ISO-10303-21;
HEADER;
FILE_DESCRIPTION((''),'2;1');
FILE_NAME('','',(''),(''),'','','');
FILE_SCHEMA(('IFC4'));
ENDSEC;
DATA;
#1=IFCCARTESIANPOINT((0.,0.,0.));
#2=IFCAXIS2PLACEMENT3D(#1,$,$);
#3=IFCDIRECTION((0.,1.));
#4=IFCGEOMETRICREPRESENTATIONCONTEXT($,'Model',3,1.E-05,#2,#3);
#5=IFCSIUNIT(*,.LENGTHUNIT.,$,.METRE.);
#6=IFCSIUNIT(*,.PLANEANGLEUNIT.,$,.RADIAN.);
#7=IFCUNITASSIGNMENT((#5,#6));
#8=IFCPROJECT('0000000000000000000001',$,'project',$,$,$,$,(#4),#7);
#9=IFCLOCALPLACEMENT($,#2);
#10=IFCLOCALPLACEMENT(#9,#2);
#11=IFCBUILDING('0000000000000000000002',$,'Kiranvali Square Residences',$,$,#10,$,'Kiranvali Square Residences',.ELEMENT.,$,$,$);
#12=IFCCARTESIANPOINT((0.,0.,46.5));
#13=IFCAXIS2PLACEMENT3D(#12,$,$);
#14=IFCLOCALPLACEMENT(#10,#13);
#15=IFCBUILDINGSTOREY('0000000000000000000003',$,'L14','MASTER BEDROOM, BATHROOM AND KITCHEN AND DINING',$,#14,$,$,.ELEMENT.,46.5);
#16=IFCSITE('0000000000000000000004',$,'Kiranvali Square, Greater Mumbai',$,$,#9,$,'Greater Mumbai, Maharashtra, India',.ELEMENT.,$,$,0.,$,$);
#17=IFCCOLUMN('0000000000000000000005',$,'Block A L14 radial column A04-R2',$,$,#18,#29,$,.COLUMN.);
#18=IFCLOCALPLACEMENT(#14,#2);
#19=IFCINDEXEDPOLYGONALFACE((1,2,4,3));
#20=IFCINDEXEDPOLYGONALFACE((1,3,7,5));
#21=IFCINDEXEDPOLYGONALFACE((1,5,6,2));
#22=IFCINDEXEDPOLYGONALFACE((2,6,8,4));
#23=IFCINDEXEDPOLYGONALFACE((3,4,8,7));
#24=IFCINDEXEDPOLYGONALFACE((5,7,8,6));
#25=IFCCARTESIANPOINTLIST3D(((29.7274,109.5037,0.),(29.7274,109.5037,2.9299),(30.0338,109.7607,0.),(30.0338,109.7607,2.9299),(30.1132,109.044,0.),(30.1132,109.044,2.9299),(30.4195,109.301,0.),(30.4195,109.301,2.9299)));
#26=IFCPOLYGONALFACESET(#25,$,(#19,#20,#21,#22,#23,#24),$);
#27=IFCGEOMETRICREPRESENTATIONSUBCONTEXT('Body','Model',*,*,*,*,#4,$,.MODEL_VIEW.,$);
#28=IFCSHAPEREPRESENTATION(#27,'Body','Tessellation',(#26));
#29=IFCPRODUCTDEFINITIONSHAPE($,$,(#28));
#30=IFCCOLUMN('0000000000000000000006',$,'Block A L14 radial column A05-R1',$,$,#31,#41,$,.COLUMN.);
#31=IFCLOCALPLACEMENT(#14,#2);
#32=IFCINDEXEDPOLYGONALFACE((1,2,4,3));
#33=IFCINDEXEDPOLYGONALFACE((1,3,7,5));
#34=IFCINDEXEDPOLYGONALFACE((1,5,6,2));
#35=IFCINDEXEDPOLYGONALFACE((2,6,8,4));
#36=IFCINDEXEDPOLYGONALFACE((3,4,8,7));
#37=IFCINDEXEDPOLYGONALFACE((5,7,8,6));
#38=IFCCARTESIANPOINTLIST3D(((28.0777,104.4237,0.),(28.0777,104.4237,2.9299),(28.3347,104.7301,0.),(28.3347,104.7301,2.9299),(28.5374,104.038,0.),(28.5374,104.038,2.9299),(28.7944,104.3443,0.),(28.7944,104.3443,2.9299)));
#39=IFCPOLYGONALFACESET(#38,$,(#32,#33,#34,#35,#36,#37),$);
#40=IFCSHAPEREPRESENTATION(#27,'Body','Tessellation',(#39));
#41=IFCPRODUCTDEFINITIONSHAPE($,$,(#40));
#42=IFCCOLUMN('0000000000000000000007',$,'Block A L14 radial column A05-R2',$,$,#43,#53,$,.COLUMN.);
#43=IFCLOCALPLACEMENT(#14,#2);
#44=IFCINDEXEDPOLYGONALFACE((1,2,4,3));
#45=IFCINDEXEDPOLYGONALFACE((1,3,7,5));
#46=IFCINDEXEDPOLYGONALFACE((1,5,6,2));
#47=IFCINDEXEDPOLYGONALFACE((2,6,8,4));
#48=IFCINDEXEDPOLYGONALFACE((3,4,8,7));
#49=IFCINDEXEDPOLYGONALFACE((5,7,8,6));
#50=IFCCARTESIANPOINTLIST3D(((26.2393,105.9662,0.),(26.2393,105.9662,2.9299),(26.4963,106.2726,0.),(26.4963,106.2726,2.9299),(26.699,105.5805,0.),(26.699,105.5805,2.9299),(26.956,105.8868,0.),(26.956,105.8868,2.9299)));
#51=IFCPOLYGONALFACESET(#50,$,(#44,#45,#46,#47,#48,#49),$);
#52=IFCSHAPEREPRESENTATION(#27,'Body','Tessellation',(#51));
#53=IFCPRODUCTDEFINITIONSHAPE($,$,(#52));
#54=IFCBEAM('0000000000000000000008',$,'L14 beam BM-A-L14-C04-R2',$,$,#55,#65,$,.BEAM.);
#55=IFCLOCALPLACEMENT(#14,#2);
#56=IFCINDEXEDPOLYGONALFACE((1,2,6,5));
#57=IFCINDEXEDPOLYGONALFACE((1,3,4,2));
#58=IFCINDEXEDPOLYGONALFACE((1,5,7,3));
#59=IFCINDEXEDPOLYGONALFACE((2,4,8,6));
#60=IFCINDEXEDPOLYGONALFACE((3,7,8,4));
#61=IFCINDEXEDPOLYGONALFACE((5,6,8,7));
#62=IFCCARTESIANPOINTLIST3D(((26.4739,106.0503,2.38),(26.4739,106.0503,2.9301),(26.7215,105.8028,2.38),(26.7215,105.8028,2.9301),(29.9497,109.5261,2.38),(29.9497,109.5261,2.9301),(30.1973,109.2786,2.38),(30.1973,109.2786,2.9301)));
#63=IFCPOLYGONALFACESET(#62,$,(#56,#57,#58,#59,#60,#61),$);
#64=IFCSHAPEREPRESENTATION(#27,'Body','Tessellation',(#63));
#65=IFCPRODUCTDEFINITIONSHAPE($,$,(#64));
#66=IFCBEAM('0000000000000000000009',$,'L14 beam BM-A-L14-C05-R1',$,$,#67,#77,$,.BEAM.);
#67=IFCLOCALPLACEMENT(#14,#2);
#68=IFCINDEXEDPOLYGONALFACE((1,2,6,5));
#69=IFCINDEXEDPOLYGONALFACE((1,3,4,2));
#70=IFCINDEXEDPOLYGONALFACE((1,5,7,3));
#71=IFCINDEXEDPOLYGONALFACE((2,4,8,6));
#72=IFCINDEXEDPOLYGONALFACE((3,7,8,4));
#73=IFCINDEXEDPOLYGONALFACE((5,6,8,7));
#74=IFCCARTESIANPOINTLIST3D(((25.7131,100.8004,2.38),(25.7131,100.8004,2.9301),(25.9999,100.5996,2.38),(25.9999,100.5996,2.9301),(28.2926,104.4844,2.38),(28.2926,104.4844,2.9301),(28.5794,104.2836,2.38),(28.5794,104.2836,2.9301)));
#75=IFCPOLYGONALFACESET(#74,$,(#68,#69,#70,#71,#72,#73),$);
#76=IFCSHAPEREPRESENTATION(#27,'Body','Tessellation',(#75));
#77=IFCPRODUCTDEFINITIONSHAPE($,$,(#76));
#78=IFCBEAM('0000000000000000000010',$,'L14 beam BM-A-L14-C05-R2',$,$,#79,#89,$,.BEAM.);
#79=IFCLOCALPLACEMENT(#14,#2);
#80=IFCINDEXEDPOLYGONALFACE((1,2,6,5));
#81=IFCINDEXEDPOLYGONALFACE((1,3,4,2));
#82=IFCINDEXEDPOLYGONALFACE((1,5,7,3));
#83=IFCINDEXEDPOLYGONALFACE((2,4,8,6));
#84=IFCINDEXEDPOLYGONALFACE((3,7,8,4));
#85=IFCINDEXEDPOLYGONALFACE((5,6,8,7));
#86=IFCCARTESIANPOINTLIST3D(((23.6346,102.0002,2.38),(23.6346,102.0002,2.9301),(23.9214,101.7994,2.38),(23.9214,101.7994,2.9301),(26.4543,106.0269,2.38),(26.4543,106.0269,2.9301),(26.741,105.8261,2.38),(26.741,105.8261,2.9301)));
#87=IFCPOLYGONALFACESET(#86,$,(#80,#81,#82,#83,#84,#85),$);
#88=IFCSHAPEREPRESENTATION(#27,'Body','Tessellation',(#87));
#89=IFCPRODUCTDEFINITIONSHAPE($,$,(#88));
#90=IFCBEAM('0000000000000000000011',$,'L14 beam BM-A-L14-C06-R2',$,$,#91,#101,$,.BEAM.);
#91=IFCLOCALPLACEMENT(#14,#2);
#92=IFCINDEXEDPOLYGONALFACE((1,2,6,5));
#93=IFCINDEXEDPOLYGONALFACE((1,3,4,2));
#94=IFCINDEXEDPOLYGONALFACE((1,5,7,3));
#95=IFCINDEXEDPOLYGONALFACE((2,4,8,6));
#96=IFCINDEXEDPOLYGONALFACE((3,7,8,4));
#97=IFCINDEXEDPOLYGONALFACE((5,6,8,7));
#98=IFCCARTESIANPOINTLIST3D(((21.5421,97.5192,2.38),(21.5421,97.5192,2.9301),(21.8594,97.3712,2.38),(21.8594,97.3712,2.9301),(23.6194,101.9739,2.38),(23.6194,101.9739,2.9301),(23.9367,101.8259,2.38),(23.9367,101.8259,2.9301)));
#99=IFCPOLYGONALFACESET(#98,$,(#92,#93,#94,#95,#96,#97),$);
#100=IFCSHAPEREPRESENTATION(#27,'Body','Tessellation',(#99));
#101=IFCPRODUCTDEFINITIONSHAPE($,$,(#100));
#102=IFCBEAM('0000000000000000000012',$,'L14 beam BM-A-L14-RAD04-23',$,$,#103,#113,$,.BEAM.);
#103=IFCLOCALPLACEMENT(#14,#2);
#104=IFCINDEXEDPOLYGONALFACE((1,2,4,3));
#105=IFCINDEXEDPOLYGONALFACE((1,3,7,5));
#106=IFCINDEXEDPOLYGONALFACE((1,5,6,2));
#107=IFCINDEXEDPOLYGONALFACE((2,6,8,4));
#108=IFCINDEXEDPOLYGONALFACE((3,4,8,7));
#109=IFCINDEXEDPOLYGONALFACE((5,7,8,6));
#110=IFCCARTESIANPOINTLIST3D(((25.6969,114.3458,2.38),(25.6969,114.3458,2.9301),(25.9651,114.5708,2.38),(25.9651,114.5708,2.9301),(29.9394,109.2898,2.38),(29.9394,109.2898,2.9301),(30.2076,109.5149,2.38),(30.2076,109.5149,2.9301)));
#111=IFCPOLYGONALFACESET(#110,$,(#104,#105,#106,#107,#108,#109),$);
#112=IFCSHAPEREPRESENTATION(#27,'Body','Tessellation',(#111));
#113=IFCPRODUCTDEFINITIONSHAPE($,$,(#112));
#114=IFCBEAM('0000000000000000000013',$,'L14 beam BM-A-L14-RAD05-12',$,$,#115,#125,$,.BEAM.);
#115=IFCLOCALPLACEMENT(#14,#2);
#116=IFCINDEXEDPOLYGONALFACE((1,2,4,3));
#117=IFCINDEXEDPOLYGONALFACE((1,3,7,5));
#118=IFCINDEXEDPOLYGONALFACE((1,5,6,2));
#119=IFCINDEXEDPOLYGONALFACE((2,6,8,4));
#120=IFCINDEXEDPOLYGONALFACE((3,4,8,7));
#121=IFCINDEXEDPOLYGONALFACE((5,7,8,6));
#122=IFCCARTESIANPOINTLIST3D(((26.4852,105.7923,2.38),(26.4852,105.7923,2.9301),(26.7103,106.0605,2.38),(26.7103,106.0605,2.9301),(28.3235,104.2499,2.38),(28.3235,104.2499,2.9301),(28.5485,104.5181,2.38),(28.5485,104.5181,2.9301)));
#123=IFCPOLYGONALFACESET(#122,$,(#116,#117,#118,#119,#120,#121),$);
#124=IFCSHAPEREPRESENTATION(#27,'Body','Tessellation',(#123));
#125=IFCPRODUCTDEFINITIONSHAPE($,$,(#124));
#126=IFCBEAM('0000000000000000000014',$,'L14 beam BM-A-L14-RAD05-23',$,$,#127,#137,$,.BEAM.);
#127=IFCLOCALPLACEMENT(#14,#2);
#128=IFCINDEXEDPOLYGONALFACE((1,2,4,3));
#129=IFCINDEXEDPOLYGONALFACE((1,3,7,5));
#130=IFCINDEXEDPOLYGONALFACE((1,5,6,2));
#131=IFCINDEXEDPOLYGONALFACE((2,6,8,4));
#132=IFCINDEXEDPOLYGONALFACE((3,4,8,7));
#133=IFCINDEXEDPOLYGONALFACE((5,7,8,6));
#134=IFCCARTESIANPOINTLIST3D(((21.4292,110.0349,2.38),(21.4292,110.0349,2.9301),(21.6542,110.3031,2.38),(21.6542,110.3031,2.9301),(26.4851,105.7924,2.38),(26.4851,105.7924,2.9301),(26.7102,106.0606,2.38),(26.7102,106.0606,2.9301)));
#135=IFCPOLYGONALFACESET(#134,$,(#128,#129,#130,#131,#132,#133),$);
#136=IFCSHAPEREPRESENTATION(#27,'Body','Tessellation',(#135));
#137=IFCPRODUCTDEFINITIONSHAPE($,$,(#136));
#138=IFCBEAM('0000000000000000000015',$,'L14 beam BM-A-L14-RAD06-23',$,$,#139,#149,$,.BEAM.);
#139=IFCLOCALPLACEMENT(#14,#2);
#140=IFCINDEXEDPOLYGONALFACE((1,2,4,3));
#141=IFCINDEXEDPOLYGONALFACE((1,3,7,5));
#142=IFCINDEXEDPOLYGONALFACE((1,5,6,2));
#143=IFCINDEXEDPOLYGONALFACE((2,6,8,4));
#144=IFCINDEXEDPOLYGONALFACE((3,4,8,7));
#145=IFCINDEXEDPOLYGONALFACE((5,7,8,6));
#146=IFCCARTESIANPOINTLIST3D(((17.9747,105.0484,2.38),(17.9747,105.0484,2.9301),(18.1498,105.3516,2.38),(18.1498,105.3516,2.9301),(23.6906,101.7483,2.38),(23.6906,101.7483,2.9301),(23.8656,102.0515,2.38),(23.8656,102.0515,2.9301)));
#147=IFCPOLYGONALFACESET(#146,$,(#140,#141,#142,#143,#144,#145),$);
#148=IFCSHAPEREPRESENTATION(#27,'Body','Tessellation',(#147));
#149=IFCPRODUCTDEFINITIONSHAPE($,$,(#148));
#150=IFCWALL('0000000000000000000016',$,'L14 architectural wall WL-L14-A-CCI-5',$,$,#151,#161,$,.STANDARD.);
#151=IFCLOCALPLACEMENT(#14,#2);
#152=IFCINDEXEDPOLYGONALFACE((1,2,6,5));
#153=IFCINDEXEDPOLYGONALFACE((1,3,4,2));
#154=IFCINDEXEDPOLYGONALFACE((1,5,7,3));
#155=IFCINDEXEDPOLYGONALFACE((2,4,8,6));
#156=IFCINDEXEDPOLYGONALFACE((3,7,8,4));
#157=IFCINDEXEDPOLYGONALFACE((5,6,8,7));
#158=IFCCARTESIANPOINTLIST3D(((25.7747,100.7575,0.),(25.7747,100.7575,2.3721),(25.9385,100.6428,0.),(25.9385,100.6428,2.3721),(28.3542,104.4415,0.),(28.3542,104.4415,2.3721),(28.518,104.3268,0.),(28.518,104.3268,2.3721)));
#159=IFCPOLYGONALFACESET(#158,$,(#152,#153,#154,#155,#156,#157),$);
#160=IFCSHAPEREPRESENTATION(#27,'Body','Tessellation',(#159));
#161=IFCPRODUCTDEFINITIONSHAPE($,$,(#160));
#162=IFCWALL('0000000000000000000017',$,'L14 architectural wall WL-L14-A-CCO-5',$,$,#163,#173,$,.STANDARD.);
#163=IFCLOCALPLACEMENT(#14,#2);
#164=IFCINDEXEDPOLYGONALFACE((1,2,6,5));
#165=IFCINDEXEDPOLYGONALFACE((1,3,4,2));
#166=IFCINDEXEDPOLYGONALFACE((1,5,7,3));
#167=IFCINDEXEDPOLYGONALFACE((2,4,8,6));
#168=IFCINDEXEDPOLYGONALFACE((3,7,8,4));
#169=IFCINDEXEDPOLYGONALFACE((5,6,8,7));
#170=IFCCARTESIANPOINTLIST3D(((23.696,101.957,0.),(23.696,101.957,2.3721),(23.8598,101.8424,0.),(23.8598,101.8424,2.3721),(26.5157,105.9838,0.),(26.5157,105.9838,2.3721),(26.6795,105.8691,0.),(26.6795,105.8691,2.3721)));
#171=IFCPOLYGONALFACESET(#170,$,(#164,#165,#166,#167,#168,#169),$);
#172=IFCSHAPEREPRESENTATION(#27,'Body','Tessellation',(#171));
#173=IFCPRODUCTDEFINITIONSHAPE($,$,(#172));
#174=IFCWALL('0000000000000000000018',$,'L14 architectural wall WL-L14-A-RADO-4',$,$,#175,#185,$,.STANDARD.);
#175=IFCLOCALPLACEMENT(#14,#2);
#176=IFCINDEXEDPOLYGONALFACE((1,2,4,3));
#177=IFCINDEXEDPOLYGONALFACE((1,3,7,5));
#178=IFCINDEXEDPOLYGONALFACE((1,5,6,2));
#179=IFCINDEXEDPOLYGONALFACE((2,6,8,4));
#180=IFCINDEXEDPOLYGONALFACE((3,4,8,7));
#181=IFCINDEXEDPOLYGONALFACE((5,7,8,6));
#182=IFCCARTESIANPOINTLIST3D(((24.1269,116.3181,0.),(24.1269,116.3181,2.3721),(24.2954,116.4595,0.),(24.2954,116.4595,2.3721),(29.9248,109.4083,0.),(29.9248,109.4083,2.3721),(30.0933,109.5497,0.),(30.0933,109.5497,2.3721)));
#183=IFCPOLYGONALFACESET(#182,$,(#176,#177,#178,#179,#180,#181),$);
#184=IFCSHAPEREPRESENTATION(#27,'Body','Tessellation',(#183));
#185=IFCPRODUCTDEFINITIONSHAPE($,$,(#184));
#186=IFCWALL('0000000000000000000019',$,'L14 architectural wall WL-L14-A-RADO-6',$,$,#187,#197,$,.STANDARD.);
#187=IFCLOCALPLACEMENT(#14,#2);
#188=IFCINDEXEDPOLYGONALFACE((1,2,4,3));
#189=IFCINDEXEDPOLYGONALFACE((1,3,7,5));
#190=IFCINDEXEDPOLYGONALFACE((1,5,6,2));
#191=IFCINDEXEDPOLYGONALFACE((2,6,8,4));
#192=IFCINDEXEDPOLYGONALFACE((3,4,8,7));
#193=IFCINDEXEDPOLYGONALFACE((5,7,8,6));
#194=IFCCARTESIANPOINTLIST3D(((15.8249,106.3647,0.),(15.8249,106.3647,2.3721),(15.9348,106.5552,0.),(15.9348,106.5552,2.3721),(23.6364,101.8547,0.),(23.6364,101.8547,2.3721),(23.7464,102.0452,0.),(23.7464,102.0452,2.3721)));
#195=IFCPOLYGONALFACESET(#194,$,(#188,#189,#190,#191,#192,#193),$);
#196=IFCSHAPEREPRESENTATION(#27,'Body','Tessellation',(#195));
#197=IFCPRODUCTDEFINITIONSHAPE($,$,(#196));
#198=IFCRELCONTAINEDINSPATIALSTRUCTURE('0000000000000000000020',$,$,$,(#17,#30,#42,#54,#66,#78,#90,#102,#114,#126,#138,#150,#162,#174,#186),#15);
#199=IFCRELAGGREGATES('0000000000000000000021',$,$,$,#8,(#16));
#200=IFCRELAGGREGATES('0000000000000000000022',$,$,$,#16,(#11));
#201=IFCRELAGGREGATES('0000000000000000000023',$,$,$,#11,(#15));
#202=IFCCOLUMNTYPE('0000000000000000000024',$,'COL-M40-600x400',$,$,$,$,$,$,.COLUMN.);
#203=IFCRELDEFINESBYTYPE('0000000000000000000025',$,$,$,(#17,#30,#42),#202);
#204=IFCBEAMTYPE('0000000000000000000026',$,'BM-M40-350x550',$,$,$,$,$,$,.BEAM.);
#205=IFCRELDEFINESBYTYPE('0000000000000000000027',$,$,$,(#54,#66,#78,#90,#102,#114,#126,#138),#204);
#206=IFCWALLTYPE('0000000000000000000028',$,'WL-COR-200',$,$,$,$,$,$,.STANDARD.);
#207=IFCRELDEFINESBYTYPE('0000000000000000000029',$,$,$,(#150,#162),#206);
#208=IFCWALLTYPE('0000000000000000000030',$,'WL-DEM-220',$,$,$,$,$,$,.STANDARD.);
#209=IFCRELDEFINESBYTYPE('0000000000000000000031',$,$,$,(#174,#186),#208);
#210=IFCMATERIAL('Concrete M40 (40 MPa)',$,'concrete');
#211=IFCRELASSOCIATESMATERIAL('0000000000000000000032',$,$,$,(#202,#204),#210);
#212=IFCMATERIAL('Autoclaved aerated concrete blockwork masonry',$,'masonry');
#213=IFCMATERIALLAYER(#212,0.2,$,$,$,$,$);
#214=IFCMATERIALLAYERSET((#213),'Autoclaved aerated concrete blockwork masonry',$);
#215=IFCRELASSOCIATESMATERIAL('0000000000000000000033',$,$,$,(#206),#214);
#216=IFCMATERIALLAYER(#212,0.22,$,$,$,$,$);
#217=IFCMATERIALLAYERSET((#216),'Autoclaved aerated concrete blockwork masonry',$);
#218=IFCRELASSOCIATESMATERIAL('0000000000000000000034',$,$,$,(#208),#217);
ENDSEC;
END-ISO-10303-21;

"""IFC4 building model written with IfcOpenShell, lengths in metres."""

from ifc_helpers import new_model, si_unit, direction, frame, frame_2d, origin, origin_2d, place, context, subcontext, project, spatial, rectangle, extrude, material, layer, layer_set, material_profile, profile_set, type_object, element, save


model = new_model("IFC4")

# Units and contexts
model_context = context("Model", 3, precision=1e-05, world=origin(), true_north=direction((0.0, 1.0)))
body_context = subcontext(model_context, "Body", "Model", "MODEL_VIEW")
ifc_project = project(units=[si_unit("LENGTHUNIT", "METRE"), si_unit("PLANEANGLEUNIT", "RADIAN")], contexts=[model_context])

# Site, building, storey
site_placement = place(None, origin())
site = spatial("IfcSite", under=ifc_project, at=site_placement, Name="Kiranvali Square, Greater Mumbai", LongName="Greater Mumbai, Maharashtra, India", CompositionType="ELEMENT", RefElevation=0.0)
building_placement = place(site_placement, origin())
building = spatial("IfcBuilding", under=site, at=building_placement, Name="Kiranvali Square Residences", LongName="Kiranvali Square Residences", CompositionType="ELEMENT")
storey_placement = place(building_placement, frame((0.0, 0.0, 46.5)))
storey = spatial("IfcBuildingStorey", under=building, at=storey_placement, Name="L14", Description="MASTER BEDROOM, BATHROOM AND KITCHEN AND DINING", CompositionType="ELEMENT", Elevation=46.5)

# Columns
ifc_material_1 = material(Name="Concrete M40 (40 MPa)", Category="concrete")
ifc_material_profile_1 = material_profile(ifc_material_1, rectangle(XDim=0.3999, YDim=0.6001, at=origin_2d()), Name="RC 600x400")
ifc_profile_set_1 = profile_set([ifc_material_profile_1], Name="Concrete M40 (40 MPa)")
column_type = type_object("IfcColumnType", Name="COL-M40-600x400", PredefinedType="COLUMN", material=ifc_profile_set_1)
for number, where, z_axis, x_axis, name in (
    (1, (30.0735, 109.4023, 0.0), (0.0, 0.0, 1.0), (0.766044, 0.642788, 0.0), "Block A L14 radial column A04-R2"),
    (2, (28.436, 104.384, 0.0), (0.0, 0.0, 1.0), (0.642788, 0.766044, 0.0), "Block A L14 radial column A05-R1"),
    (3, (26.5977, 105.9265, 0.0), (0.0, 0.0, 1.0), (0.642788, 0.766044, 0.0), "Block A L14 radial column A05-R2"),
):
    element("IfcColumn", number, at=place(storey_placement, frame(where, z_axis=z_axis, x_axis=x_axis)), inside=storey, type_object=column_type, Name=name, PredefinedType="COLUMN", context=body_context, shape_type="SweptSolid", body=[
        extrude(rectangle(XDim=0.3999, YDim=0.6001, at=origin_2d()), origin(), (0.0, 0.0, 1.0), 2.9299),
    ])

# Beams
ifc_material_profile_2 = material_profile(ifc_material_1, rectangle(XDim=0.3501, YDim=0.55, at=origin_2d()), Name="RC 350x550")
ifc_profile_set_2 = profile_set([ifc_material_profile_2], Name="Concrete M40 (40 MPa)")
beam_type = type_object("IfcBeamType", Name="BM-M40-350x550", PredefinedType="BEAM", material=ifc_profile_set_2)
beam_1_placement = place(storey_placement, frame((30.0735, 109.4023, 2.655), z_axis=(-0.707107, -0.707107, 0.0), x_axis=(0.707107, -0.707107, 0.0)))
element("IfcBeam", 4, at=beam_1_placement, inside=storey, type_object=beam_type, Name="L14 beam BM-A-L14-C04-R2", PredefinedType="BEAM", context=body_context, shape_type="SweptSolid", body=[
    extrude(rectangle(XDim=0.3501, YDim=0.55, at=origin_2d()), origin(), (0.0, 0.0, 1.0), 4.9155),
])
beam_2_placement = place(storey_placement, frame((28.436, 104.384, 2.655), z_axis=(-0.573572, -0.819155, 0.0), x_axis=(0.819155, -0.573572, 0.0)))
element("IfcBeam", 5, at=beam_2_placement, inside=storey, type_object=beam_type, Name="L14 beam BM-A-L14-C05-R1", PredefinedType="BEAM", context=body_context, shape_type="SweptSolid", body=[
    extrude(rectangle(XDim=0.3501, YDim=0.55, at=origin_2d()), origin(), (0.0, 0.0, 1.0), 4.4973),
])
beam_3_placement = place(storey_placement, frame((26.5977, 105.9265, 2.655), z_axis=(-0.573592, -0.819141, 0.0), x_axis=(0.819141, -0.573592, 0.0)))
element("IfcBeam", 6, at=beam_3_placement, inside=storey, type_object=beam_type, Name="L14 beam BM-A-L14-C05-R2", PredefinedType="BEAM", context=body_context, shape_type="SweptSolid", body=[
    extrude(rectangle(XDim=0.3501, YDim=0.55, at=origin_2d()), origin(), (0.0, 0.0, 1.0), 4.9158),
])
beam_4_placement = place(storey_placement, frame((23.7781, 101.8999, 2.655), z_axis=(-0.42263, -0.906302, 0.0), x_axis=(0.906302, -0.42263, 0.0)))
element("IfcBeam", 7, at=beam_4_placement, inside=storey, type_object=beam_type, Name="L14 beam BM-A-L14-C06-R2", PredefinedType="BEAM", context=body_context, shape_type="SweptSolid", body=[
    extrude(rectangle(XDim=0.3501, YDim=0.55, at=origin_2d()), origin(), (0.0, 0.0, 1.0), 4.9153),
])
beam_5_placement = place(storey_placement, frame((30.0735, 109.4023, 2.655), z_axis=(-0.642789, 0.766043, 0.0), x_axis=(-0.766043, -0.642789, 0.0)))
element("IfcBeam", 8, at=beam_5_placement, inside=storey, type_object=beam_type, Name="L14 beam BM-A-L14-RAD04-23", PredefinedType="BEAM", context=body_context, shape_type="SweptSolid", body=[
    extrude(rectangle(XDim=0.3501, YDim=0.55, at=origin_2d()), origin(), (0.0, 0.0, 1.0), 6.6001),
])
beam_6_placement = place(storey_placement, frame((28.436, 104.384, 2.655), z_axis=(-0.766065, 0.642763, 0.0), x_axis=(-0.642763, -0.766065, 0.0)))
element("IfcBeam", 9, at=beam_6_placement, inside=storey, type_object=beam_type, Name="L14 beam BM-A-L14-RAD05-12", PredefinedType="BEAM", context=body_context, shape_type="SweptSolid", body=[
    extrude(rectangle(XDim=0.3501, YDim=0.55, at=origin_2d()), origin(), (0.0, 0.0, 1.0), 2.3997),
])
for number, where, z_axis, x_axis, name in (
    (10, (26.5977, 105.9265, 2.655), (-0.766043, 0.642789, 0.0), (-0.642789, -0.766043, 0.0), "L14 beam BM-A-L14-RAD05-23"),
    (11, (23.7781, 101.8999, 2.655), (-0.866024, 0.500002, 0.0), (-0.500002, -0.866024, 0.0), "L14 beam BM-A-L14-RAD06-23"),
):
    element("IfcBeam", number, at=place(storey_placement, frame(where, z_axis=z_axis, x_axis=x_axis)), inside=storey, type_object=beam_type, Name=name, PredefinedType="BEAM", context=body_context, shape_type="SweptSolid", body=[
        extrude(rectangle(XDim=0.3501, YDim=0.55, at=origin_2d()), origin(), (0.0, 0.0, 1.0), 6.6001),
    ])

# Shared definitions
ifc_material_2 = material(Name="Autoclaved aerated concrete blockwork masonry", Category="masonry")
ifc_layer_1 = layer(ifc_material_2, 0.2)
ifc_layer_set_1 = layer_set([ifc_layer_1], Name="Autoclaved aerated concrete blockwork masonry")
wall_type_1 = type_object("IfcWallType", Name="WL-COR-200", PredefinedType="STANDARD", material=ifc_layer_set_1)

# Walls
wall_1_placement = place(storey_placement, frame((28.436, 104.384, 0.0), z_axis=(0.0, 0.0, 1.0), x_axis=(-0.573572, -0.819155, 0.0)))
element("IfcWall", 12, at=wall_1_placement, inside=storey, type_object=wall_type_1, Name="L14 architectural wall WL-L14-A-CCI-5", PredefinedType="STANDARD", context=body_context, shape_type="SweptSolid", body=[
    extrude(rectangle(XDim=4.4973, YDim=0.2, at=frame_2d((2.2485, 0.0))), origin(), (0.0, 0.0, 1.0), 2.3721),
])
wall_2_placement = place(storey_placement, frame((26.5977, 105.9265, 0.0), z_axis=(0.0, 0.0, 1.0), x_axis=(-0.573592, -0.819141, 0.0)))
element("IfcWall", 13, at=wall_2_placement, inside=storey, type_object=wall_type_1, Name="L14 architectural wall WL-L14-A-CCO-5", PredefinedType="STANDARD", context=body_context, shape_type="SweptSolid", body=[
    extrude(rectangle(XDim=4.9158, YDim=0.2, at=frame_2d((2.458, 0.0))), origin(), (0.0, 0.0, 1.0), 2.3721),
])

# Walls
ifc_layer_2 = layer(ifc_material_2, 0.22)
ifc_layer_set_2 = layer_set([ifc_layer_2], Name="Autoclaved aerated concrete blockwork masonry")
wall_type_2 = type_object("IfcWallType", Name="WL-DEM-220", PredefinedType="STANDARD", material=ifc_layer_set_2)
for number, where, z_axis, x_axis, name in (
    (14, (30.009, 109.479, 0.0), (0.0, 0.0, 1.0), (-0.642784, 0.766047, 0.0), "L14 architectural wall WL-L14-A-RADO-4"),
    (15, (23.6914, 101.95, 0.0), (0.0, 0.0, 1.0), (-0.866024, 0.500002, 0.0), "L14 architectural wall WL-L14-A-RADO-6"),
):
    element("IfcWall", number, at=place(storey_placement, frame(where, z_axis=z_axis, x_axis=x_axis)), inside=storey, type_object=wall_type_2, Name=name, PredefinedType="STANDARD", context=body_context, shape_type="SweptSolid", body=[
        extrude(rectangle(XDim=9.02, YDim=0.22, at=frame_2d((4.51, 0.0))), origin(), (0.0, 0.0, 1.0), 2.3721),
    ])

save(model, "model.ifc")
